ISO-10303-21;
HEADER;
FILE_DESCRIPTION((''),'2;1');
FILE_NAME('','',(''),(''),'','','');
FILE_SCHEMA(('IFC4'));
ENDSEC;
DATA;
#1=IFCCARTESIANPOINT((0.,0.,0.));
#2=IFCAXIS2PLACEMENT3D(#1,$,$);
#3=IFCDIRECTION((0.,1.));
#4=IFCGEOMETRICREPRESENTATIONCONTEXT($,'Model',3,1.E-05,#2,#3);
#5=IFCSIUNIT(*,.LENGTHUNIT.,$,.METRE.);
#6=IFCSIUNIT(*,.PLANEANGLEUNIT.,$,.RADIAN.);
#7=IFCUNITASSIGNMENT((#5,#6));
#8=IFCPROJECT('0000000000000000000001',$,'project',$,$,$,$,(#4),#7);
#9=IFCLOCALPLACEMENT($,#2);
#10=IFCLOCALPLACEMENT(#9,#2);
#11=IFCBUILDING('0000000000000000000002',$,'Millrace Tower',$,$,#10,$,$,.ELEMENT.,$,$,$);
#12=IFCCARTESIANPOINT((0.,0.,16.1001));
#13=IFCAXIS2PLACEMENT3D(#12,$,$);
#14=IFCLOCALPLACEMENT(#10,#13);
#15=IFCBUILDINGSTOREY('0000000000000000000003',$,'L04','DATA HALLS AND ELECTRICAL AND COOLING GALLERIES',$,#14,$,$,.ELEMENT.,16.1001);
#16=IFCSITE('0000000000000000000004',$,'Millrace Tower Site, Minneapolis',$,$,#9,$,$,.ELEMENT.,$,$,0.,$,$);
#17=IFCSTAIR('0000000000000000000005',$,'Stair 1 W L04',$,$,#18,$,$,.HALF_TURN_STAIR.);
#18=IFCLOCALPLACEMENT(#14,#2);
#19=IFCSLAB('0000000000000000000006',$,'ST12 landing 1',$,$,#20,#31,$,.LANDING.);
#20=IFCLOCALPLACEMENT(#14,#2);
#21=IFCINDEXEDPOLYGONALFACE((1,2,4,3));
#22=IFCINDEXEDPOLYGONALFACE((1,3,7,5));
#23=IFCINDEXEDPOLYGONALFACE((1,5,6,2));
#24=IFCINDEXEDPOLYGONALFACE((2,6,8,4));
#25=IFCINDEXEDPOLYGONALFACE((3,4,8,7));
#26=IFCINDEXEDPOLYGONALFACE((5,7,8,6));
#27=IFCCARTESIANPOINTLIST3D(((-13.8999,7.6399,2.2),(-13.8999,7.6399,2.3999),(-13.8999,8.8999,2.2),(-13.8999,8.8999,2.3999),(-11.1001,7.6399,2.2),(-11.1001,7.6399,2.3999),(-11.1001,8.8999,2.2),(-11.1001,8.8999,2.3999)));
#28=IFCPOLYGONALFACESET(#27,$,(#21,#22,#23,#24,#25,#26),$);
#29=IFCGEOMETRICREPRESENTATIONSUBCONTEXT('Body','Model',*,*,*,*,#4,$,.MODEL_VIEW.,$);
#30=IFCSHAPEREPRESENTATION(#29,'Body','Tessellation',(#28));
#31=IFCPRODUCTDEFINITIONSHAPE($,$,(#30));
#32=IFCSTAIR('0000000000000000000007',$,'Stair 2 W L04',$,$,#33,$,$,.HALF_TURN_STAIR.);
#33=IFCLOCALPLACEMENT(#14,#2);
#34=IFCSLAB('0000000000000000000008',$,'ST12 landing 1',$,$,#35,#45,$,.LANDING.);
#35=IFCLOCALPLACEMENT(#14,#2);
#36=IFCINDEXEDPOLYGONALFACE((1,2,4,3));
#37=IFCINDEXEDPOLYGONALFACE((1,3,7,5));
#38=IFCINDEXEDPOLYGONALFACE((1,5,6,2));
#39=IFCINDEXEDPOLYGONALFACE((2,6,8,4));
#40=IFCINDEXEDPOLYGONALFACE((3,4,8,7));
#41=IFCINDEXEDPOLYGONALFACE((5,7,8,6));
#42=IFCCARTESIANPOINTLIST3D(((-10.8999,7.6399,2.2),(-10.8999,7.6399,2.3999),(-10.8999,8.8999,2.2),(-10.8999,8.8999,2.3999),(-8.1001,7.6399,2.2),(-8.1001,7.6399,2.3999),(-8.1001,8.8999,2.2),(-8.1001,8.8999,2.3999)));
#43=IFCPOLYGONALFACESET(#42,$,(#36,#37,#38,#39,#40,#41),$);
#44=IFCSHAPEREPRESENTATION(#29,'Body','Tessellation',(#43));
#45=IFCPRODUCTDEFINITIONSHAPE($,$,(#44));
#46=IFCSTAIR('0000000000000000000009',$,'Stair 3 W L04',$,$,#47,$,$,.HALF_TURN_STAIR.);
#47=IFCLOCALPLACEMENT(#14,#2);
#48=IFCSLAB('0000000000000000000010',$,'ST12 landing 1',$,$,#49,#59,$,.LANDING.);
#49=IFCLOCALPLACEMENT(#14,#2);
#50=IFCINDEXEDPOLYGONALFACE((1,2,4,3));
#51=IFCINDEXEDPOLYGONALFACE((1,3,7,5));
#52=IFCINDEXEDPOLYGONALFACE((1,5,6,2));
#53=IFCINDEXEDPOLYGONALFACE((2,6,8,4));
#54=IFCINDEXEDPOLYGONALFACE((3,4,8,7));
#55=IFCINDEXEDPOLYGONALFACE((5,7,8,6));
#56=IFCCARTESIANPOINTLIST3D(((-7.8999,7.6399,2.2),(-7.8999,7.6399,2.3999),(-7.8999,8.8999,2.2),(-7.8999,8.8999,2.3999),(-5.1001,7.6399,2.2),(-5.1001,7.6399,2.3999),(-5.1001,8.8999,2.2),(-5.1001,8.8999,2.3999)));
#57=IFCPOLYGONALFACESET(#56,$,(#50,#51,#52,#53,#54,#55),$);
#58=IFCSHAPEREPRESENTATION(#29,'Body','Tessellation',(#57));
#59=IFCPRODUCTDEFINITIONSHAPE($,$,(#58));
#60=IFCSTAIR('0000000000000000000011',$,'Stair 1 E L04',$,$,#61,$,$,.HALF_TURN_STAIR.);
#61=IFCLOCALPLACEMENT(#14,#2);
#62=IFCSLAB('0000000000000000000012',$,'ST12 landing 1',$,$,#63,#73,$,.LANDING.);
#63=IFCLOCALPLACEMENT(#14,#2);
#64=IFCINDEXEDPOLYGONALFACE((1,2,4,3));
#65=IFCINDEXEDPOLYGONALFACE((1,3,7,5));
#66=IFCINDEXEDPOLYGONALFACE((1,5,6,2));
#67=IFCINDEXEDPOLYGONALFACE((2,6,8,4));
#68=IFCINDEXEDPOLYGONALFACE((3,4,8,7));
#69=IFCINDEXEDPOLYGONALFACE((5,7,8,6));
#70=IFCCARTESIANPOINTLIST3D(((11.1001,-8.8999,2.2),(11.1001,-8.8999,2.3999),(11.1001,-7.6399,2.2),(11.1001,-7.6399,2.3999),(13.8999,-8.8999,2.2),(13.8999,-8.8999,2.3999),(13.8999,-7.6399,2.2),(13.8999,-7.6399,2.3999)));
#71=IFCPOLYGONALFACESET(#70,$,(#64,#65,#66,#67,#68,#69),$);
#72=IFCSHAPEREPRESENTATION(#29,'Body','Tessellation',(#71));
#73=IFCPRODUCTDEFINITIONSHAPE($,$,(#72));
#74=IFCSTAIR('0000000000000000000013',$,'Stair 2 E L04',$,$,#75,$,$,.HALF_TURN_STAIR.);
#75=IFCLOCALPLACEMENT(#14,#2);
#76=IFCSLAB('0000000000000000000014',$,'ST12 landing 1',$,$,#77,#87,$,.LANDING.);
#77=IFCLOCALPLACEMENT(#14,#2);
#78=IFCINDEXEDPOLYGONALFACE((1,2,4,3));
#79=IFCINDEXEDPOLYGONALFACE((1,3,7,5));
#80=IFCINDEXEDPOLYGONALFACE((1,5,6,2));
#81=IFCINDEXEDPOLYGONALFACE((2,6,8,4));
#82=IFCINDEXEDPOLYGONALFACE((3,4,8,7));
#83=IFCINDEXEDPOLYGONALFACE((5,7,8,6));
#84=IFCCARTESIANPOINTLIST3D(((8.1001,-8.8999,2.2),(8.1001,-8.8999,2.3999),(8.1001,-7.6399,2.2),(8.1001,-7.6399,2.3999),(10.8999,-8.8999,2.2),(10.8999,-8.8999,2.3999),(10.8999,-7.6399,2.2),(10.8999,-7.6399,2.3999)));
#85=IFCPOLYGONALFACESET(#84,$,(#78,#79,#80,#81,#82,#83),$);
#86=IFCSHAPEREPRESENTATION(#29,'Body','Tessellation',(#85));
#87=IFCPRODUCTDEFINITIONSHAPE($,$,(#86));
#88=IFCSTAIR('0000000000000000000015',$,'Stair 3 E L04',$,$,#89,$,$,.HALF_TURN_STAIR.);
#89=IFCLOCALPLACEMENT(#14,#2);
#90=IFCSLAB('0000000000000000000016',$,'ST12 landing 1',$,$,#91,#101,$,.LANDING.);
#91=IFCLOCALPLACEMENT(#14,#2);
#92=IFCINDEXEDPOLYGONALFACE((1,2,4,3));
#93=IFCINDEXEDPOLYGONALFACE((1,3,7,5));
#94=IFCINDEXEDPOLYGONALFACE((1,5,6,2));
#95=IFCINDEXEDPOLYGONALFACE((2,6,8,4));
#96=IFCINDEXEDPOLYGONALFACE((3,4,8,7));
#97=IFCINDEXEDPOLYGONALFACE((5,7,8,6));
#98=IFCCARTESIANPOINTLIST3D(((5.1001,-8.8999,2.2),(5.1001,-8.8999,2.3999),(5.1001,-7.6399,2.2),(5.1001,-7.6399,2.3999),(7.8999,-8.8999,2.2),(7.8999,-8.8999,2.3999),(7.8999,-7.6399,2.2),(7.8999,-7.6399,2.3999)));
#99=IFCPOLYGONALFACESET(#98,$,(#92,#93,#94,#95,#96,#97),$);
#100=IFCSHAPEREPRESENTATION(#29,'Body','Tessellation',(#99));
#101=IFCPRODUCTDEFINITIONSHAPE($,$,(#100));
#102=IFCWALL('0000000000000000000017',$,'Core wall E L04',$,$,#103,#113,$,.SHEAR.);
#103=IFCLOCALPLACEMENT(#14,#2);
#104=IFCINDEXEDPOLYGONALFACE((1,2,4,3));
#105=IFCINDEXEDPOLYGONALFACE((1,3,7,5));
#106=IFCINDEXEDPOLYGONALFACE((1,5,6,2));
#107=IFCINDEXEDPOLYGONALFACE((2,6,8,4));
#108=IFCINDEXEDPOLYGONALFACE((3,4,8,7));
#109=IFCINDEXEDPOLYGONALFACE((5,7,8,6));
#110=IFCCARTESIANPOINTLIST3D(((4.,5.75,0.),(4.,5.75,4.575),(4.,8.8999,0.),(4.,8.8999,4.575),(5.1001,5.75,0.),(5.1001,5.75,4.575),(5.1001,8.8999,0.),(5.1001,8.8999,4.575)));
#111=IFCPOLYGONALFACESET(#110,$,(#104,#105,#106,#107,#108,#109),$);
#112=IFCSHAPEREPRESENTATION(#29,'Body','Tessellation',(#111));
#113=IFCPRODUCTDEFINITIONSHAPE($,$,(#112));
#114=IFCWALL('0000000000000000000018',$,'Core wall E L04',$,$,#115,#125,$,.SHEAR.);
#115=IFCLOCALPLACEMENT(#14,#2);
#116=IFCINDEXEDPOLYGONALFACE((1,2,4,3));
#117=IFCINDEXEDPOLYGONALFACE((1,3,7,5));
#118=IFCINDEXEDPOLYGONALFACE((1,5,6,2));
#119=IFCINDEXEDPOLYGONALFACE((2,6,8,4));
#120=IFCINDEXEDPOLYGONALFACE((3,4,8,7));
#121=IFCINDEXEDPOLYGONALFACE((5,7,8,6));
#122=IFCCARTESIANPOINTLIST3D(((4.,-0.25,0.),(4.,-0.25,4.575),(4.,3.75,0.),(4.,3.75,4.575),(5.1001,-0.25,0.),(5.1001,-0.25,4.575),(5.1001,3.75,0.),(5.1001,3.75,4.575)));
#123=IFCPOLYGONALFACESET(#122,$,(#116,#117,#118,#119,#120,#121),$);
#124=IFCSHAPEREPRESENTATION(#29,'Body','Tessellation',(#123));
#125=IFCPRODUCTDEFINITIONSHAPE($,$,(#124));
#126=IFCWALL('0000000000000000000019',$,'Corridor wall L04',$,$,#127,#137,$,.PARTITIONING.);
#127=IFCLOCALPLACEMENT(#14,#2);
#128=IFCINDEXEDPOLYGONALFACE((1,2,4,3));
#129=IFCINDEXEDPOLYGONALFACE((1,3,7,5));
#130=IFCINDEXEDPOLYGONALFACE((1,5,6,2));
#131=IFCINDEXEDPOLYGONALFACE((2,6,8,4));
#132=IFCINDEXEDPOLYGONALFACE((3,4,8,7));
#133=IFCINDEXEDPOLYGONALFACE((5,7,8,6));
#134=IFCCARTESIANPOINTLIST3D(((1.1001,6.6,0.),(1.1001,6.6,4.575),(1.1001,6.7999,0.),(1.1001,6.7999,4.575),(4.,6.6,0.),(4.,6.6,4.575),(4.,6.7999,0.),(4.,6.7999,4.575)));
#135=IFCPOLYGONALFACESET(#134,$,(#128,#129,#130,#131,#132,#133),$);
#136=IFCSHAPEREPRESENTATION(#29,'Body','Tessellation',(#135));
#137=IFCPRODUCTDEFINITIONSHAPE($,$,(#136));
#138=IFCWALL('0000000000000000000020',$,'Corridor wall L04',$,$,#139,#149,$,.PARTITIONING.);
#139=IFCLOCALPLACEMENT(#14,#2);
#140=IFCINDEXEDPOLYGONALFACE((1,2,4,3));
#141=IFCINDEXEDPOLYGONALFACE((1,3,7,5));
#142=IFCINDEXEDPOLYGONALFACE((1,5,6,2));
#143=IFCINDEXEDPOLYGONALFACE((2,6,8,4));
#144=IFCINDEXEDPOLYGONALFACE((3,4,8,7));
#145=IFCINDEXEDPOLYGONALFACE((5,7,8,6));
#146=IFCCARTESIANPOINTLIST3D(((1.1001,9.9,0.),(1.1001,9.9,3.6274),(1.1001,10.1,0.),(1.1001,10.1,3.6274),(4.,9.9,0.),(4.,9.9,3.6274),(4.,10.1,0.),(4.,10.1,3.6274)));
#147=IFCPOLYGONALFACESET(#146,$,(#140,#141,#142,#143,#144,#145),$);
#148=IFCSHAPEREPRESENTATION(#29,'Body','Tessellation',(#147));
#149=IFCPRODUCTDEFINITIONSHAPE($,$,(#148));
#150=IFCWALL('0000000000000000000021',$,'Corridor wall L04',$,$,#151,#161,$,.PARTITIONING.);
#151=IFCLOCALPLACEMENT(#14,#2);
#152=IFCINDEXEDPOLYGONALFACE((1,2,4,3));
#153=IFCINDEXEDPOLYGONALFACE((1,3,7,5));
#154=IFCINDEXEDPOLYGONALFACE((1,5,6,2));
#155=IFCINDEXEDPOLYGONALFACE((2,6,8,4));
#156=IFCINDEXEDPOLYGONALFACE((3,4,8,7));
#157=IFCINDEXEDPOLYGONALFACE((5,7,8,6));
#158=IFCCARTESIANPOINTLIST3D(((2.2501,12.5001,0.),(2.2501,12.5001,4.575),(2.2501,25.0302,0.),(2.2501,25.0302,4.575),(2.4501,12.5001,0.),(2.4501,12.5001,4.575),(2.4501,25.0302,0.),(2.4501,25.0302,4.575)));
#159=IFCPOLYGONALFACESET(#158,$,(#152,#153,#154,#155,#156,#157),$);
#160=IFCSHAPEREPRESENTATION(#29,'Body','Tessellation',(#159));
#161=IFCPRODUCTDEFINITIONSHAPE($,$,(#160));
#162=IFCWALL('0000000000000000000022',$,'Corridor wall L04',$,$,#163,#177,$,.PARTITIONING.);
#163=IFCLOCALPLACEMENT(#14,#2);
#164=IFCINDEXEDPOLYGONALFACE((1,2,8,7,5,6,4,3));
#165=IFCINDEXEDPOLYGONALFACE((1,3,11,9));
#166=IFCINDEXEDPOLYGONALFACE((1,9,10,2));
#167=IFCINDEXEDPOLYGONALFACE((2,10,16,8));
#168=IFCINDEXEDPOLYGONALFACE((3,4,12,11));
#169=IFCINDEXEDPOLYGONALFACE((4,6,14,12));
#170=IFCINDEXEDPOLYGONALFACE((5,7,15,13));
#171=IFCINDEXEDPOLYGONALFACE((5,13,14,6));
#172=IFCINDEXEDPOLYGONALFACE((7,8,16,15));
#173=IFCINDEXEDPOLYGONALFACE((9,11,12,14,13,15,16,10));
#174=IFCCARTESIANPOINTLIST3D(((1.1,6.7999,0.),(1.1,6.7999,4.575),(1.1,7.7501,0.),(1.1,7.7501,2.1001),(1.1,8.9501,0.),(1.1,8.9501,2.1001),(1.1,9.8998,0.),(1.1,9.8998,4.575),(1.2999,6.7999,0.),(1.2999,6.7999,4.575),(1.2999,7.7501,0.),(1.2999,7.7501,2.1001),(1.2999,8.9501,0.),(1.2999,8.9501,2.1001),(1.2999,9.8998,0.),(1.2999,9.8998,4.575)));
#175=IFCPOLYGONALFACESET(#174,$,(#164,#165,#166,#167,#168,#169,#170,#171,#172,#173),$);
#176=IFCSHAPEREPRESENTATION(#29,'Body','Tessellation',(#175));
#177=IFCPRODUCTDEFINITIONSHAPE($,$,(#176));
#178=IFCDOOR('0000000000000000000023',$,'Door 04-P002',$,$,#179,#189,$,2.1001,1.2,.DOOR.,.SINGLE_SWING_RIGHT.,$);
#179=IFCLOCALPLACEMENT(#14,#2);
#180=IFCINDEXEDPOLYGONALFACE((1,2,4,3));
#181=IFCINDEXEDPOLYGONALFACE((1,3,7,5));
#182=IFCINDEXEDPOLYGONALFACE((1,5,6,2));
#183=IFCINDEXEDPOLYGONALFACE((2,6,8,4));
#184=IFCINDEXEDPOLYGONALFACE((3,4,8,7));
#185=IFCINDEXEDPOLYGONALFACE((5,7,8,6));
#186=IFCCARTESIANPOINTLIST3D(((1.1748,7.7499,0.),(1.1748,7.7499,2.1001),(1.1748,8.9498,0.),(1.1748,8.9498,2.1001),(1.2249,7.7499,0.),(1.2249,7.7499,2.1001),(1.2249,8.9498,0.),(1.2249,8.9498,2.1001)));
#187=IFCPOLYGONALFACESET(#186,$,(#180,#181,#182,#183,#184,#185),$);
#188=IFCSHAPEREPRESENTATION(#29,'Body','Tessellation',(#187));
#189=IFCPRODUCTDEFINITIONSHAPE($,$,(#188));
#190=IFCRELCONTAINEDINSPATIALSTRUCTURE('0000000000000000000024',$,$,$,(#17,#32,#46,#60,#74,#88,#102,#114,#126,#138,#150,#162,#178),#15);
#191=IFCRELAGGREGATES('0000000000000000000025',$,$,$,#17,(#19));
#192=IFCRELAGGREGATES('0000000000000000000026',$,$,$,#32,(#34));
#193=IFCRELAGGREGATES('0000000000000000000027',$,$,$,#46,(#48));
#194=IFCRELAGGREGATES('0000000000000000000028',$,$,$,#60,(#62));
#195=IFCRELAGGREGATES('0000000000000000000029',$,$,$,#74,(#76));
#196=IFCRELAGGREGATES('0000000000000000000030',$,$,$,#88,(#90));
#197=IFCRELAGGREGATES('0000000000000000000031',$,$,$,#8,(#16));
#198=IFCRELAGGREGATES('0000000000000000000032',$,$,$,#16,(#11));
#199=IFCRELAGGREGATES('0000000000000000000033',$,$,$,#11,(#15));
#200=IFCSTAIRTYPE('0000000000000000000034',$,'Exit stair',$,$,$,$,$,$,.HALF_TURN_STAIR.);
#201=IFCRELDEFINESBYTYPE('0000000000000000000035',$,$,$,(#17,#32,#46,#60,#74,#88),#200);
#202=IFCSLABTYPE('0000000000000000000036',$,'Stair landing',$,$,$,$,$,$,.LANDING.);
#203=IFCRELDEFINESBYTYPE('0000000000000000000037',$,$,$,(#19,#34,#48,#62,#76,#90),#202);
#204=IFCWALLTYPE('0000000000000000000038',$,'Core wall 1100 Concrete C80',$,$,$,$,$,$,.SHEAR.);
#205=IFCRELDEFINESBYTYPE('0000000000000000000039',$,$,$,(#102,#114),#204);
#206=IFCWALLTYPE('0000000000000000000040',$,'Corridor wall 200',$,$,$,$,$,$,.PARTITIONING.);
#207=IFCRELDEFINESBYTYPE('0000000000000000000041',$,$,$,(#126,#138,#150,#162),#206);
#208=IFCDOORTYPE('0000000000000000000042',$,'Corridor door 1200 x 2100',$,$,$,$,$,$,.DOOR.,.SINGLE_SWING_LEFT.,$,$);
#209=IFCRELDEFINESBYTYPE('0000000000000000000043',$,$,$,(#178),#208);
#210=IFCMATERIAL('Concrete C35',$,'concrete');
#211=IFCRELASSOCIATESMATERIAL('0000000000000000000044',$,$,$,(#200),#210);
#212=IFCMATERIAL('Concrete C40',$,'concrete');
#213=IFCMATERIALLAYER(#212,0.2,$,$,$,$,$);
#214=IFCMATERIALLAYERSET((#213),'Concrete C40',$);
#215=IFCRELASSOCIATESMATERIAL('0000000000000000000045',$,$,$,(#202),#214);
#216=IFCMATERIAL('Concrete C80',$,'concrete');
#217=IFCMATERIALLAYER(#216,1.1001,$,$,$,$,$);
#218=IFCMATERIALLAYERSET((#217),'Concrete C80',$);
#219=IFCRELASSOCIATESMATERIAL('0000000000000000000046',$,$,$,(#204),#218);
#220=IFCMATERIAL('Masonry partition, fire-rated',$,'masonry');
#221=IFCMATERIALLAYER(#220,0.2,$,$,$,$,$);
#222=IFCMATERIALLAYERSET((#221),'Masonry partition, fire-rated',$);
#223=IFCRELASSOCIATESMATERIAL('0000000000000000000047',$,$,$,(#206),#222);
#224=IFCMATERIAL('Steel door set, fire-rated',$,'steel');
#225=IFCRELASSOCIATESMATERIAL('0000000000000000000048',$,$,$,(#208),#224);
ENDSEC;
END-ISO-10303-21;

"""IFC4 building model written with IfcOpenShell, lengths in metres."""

from ifc_helpers import new_model, si_unit, direction, frame, frame_2d, origin, place, context, subcontext, project, spatial, polyline, rectangle, outline, extrude, material, layer, layer_set, type_object, element, fill, aggregate, save


model = new_model("IFC4")

# Units and contexts
model_context = context("Model", 3, precision=1e-05, world=origin(), true_north=direction((0.0, 1.0)))
body_context = subcontext(model_context, "Body", "Model", "MODEL_VIEW")
ifc_project = project(units=[si_unit("LENGTHUNIT", "METRE"), si_unit("PLANEANGLEUNIT", "RADIAN")], contexts=[model_context])

# Site, building, storey
site_placement = place(None, origin())
site = spatial("IfcSite", under=ifc_project, at=site_placement, Name="Millrace Tower Site, Minneapolis", CompositionType="ELEMENT", RefElevation=0.0)
building_placement = place(site_placement, origin())
building = spatial("IfcBuilding", under=site, at=building_placement, Name="Millrace Tower", CompositionType="ELEMENT")
storey_placement = place(building_placement, frame((0.0, 0.0, 16.1001)))
storey = spatial("IfcBuildingStorey", under=building, at=storey_placement, Name="L04", Description="DATA HALLS AND ELECTRICAL AND COOLING GALLERIES", CompositionType="ELEMENT", Elevation=16.1001)

# Shared definitions
placement_1 = place(storey_placement, origin())

# Stairs, slabs
ifc_material_1 = material(Name="Concrete C35", Category="concrete")
stair_type = type_object("IfcStairType", Name="Exit stair", PredefinedType="HALF_TURN_STAIR", material=ifc_material_1)
stair_1 = element("IfcStair", 1, at=placement_1, inside=storey, type_object=stair_type, Name="Stair 1 W L04", PredefinedType="HALF_TURN_STAIR")
ifc_material_2 = material(Name="Concrete C40", Category="concrete")
ifc_layer_1 = layer(ifc_material_2, 0.2)
ifc_layer_set_1 = layer_set([ifc_layer_1], Name="Concrete C40")
slab_type = type_object("IfcSlabType", Name="Stair landing", PredefinedType="LANDING", material=ifc_layer_set_1)
placement_2 = place(storey_placement, frame((0.0, 0.0, 2.2)))
slab_1 = element("IfcSlab", 2, at=placement_2, type_object=slab_type, Name="ST12 landing 1", PredefinedType="LANDING", context=body_context, shape_type="SweptSolid", body=[
    extrude(outline(polyline([(-13.8999, 7.6399), (-11.1001, 7.6399), (-11.1001, 8.8999), (-13.8999, 8.8999), (-13.8999, 7.6399)])), origin(), (0.0, 0.0, 1.0), 0.2),
])
aggregate(stair_1, [slab_1])
stair_2 = element("IfcStair", 3, at=placement_1, inside=storey, type_object=stair_type, Name="Stair 2 W L04", PredefinedType="HALF_TURN_STAIR")
slab_2 = element("IfcSlab", 4, at=placement_2, type_object=slab_type, Name="ST12 landing 1", PredefinedType="LANDING", context=body_context, shape_type="SweptSolid", body=[
    extrude(outline(polyline([(-10.8999, 7.6399), (-8.1001, 7.6399), (-8.1001, 8.8999), (-10.8999, 8.8999), (-10.8999, 7.6399)])), origin(), (0.0, 0.0, 1.0), 0.2),
])
aggregate(stair_2, [slab_2])
stair_3 = element("IfcStair", 5, at=placement_1, inside=storey, type_object=stair_type, Name="Stair 3 W L04", PredefinedType="HALF_TURN_STAIR")
slab_3 = element("IfcSlab", 6, at=placement_2, type_object=slab_type, Name="ST12 landing 1", PredefinedType="LANDING", context=body_context, shape_type="SweptSolid", body=[
    extrude(outline(polyline([(-7.8999, 7.6399), (-5.1001, 7.6399), (-5.1001, 8.8999), (-7.8999, 8.8999), (-7.8999, 7.6399)])), origin(), (0.0, 0.0, 1.0), 0.2),
])
aggregate(stair_3, [slab_3])
stair_4 = element("IfcStair", 7, at=placement_1, inside=storey, type_object=stair_type, Name="Stair 1 E L04", PredefinedType="HALF_TURN_STAIR")
slab_4 = element("IfcSlab", 8, at=placement_2, type_object=slab_type, Name="ST12 landing 1", PredefinedType="LANDING", context=body_context, shape_type="SweptSolid", body=[
    extrude(outline(polyline([(11.1001, -8.8999), (13.8999, -8.8999), (13.8999, -7.6399), (11.1001, -7.6399), (11.1001, -8.8999)])), origin(), (0.0, 0.0, 1.0), 0.2),
])
aggregate(stair_4, [slab_4])
stair_5 = element("IfcStair", 9, at=placement_1, inside=storey, type_object=stair_type, Name="Stair 2 E L04", PredefinedType="HALF_TURN_STAIR")
slab_5 = element("IfcSlab", 10, at=placement_2, type_object=slab_type, Name="ST12 landing 1", PredefinedType="LANDING", context=body_context, shape_type="SweptSolid", body=[
    extrude(outline(polyline([(8.1001, -8.8999), (10.8999, -8.8999), (10.8999, -7.6399), (8.1001, -7.6399), (8.1001, -8.8999)])), origin(), (0.0, 0.0, 1.0), 0.2),
])
aggregate(stair_5, [slab_5])
stair_6 = element("IfcStair", 11, at=placement_1, inside=storey, type_object=stair_type, Name="Stair 3 E L04", PredefinedType="HALF_TURN_STAIR")
slab_6 = element("IfcSlab", 12, at=placement_2, type_object=slab_type, Name="ST12 landing 1", PredefinedType="LANDING", context=body_context, shape_type="SweptSolid", body=[
    extrude(outline(polyline([(5.1001, -8.8999), (7.8999, -8.8999), (7.8999, -7.6399), (5.1001, -7.6399), (5.1001, -8.8999)])), origin(), (0.0, 0.0, 1.0), 0.2),
])
aggregate(stair_6, [slab_6])

# Walls
ifc_material_3 = material(Name="Concrete C80", Category="concrete")
ifc_layer_2 = layer(ifc_material_3, 1.1001)
ifc_layer_set_2 = layer_set([ifc_layer_2], Name="Concrete C80")
wall_type_1 = type_object("IfcWallType", Name="Core wall 1100 Concrete C80", PredefinedType="SHEAR", material=ifc_layer_set_2)
wall_1_placement = place(storey_placement, frame((4.55, 8.8999, 0.0), z_axis=(0.0, 0.0, 1.0), x_axis=(0.0, -1.0, 0.0)))
element("IfcWall", 13, at=wall_1_placement, inside=storey, type_object=wall_type_1, Name="Core wall E L04", PredefinedType="SHEAR", context=body_context, shape_type="SweptSolid", body=[
    extrude(rectangle(XDim=3.1499, YDim=1.1001, at=frame_2d((1.575, 0.0))), origin(), (0.0, 0.0, 1.0), 4.575),
])
wall_2_placement = place(storey_placement, frame((4.55, 3.75, 0.0), z_axis=(0.0, 0.0, 1.0), x_axis=(0.0, -1.0, 0.0)))
element("IfcWall", 14, at=wall_2_placement, inside=storey, type_object=wall_type_1, Name="Core wall E L04", PredefinedType="SHEAR", context=body_context, shape_type="SweptSolid", body=[
    extrude(rectangle(XDim=4.0, YDim=1.1001, at=frame_2d((2.0, 0.0))), origin(), (0.0, 0.0, 1.0), 4.575),
])
ifc_material_4 = material(Name="Masonry partition, fire-rated", Category="masonry")
ifc_layer_3 = layer(ifc_material_4, 0.2)
ifc_layer_set_3 = layer_set([ifc_layer_3], Name="Masonry partition, fire-rated")
wall_type_2 = type_object("IfcWallType", Name="Corridor wall 200", PredefinedType="PARTITIONING", material=ifc_layer_set_3)
wall_3_placement = place(storey_placement, frame((1.1001, 6.7, 0.0), z_axis=(0.0, 0.0, 1.0), x_axis=(1.0, 0.0, 0.0)))
element("IfcWall", 15, at=wall_3_placement, inside=storey, type_object=wall_type_2, Name="Corridor wall L04", PredefinedType="PARTITIONING", context=body_context, shape_type="SweptSolid", body=[
    extrude(rectangle(XDim=2.8999, YDim=0.2, at=frame_2d((1.45, 0.0))), origin(), (0.0, 0.0, 1.0), 4.575),
])
wall_4_placement = place(storey_placement, frame((1.1001, 10.0, 0.0), z_axis=(0.0, 0.0, 1.0), x_axis=(1.0, 0.0, 0.0)))
element("IfcWall", 16, at=wall_4_placement, inside=storey, type_object=wall_type_2, Name="Corridor wall L04", PredefinedType="PARTITIONING", context=body_context, shape_type="SweptSolid", body=[
    extrude(rectangle(XDim=2.8999, YDim=0.2, at=frame_2d((1.45, 0.0))), origin(), (0.0, 0.0, 1.0), 3.6274),
])
wall_5_placement = place(storey_placement, frame((2.3501, 12.5, 0.0), z_axis=(0.0, 0.0, 1.0), x_axis=(0.0, 1.0, 0.0)))
element("IfcWall", 17, at=wall_5_placement, inside=storey, type_object=wall_type_2, Name="Corridor wall L04", PredefinedType="PARTITIONING", context=body_context, shape_type="SweptSolid", body=[
    extrude(rectangle(XDim=12.53, YDim=0.2, at=frame_2d((6.2651, 0.0))), origin(), (0.0, 0.0, 1.0), 4.575),
])

# Wall, opening, door
wall_6_placement = place(storey_placement, frame((1.2, 6.8, 0.0), z_axis=(0.0, 0.0, 1.0), x_axis=(0.0, 1.0, 0.0)))
wall_6 = element("IfcWall", 18, at=wall_6_placement, inside=storey, type_object=wall_type_2, Name="Corridor wall L04", PredefinedType="PARTITIONING", context=body_context, shape_type="SweptSolid", body=[
    extrude(rectangle(XDim=3.0999, YDim=0.2, at=frame_2d((1.5498, 0.0))), origin(), (0.0, 0.0, 1.0), 4.575),
])
opening_1_placement = place(wall_6_placement, frame((0.95, 0.0, 0.0)))
opening_1 = element("IfcOpeningElement", 19, at=opening_1_placement, cuts=wall_6, PredefinedType="OPENING", context=body_context, shape_type="SweptSolid", body=[
    extrude(rectangle(XDim=1.2, YDim=2.1001, at=frame_2d((0.6001, 1.05))), frame((0.0, 0.1099, 0.0), z_axis=(0.0, -1.0, 0.0), x_axis=(1.0, 0.0, 0.0)), (0.0, 0.0, 1.0), 0.22),
])
ifc_material_5 = material(Name="Steel door set, fire-rated", Category="steel")
door_type_1 = type_object("IfcDoorType", Name="Corridor door 1200 x 2100", OperationType="SINGLE_SWING_LEFT", PredefinedType="DOOR", material=ifc_material_5)
door_1_placement = place(opening_1_placement, frame((1.2, 0.0, 0.0), z_axis=(0.0, 0.0, 1.0), x_axis=(-1.0, 0.0, 0.0)))
door_1 = element("IfcDoor", 20, at=door_1_placement, inside=storey, type_object=door_type_1, Name="Door 04-P002", OperationType="SINGLE_SWING_RIGHT", OverallHeight=2.1001, OverallWidth=1.2, PredefinedType="DOOR", context=body_context, shape_type="SweptSolid", body=[
    extrude(rectangle(XDim=1.2, YDim=2.1001, at=frame_2d((0.6001, 1.05))), frame((0.0, 0.0249, 0.0), z_axis=(0.0, -1.0, 0.0), x_axis=(1.0, 0.0, 0.0)), (0.0, 0.0, 1.0), 0.05),
])
fill(opening_1, door_1)

save(model, "model.ifc")
